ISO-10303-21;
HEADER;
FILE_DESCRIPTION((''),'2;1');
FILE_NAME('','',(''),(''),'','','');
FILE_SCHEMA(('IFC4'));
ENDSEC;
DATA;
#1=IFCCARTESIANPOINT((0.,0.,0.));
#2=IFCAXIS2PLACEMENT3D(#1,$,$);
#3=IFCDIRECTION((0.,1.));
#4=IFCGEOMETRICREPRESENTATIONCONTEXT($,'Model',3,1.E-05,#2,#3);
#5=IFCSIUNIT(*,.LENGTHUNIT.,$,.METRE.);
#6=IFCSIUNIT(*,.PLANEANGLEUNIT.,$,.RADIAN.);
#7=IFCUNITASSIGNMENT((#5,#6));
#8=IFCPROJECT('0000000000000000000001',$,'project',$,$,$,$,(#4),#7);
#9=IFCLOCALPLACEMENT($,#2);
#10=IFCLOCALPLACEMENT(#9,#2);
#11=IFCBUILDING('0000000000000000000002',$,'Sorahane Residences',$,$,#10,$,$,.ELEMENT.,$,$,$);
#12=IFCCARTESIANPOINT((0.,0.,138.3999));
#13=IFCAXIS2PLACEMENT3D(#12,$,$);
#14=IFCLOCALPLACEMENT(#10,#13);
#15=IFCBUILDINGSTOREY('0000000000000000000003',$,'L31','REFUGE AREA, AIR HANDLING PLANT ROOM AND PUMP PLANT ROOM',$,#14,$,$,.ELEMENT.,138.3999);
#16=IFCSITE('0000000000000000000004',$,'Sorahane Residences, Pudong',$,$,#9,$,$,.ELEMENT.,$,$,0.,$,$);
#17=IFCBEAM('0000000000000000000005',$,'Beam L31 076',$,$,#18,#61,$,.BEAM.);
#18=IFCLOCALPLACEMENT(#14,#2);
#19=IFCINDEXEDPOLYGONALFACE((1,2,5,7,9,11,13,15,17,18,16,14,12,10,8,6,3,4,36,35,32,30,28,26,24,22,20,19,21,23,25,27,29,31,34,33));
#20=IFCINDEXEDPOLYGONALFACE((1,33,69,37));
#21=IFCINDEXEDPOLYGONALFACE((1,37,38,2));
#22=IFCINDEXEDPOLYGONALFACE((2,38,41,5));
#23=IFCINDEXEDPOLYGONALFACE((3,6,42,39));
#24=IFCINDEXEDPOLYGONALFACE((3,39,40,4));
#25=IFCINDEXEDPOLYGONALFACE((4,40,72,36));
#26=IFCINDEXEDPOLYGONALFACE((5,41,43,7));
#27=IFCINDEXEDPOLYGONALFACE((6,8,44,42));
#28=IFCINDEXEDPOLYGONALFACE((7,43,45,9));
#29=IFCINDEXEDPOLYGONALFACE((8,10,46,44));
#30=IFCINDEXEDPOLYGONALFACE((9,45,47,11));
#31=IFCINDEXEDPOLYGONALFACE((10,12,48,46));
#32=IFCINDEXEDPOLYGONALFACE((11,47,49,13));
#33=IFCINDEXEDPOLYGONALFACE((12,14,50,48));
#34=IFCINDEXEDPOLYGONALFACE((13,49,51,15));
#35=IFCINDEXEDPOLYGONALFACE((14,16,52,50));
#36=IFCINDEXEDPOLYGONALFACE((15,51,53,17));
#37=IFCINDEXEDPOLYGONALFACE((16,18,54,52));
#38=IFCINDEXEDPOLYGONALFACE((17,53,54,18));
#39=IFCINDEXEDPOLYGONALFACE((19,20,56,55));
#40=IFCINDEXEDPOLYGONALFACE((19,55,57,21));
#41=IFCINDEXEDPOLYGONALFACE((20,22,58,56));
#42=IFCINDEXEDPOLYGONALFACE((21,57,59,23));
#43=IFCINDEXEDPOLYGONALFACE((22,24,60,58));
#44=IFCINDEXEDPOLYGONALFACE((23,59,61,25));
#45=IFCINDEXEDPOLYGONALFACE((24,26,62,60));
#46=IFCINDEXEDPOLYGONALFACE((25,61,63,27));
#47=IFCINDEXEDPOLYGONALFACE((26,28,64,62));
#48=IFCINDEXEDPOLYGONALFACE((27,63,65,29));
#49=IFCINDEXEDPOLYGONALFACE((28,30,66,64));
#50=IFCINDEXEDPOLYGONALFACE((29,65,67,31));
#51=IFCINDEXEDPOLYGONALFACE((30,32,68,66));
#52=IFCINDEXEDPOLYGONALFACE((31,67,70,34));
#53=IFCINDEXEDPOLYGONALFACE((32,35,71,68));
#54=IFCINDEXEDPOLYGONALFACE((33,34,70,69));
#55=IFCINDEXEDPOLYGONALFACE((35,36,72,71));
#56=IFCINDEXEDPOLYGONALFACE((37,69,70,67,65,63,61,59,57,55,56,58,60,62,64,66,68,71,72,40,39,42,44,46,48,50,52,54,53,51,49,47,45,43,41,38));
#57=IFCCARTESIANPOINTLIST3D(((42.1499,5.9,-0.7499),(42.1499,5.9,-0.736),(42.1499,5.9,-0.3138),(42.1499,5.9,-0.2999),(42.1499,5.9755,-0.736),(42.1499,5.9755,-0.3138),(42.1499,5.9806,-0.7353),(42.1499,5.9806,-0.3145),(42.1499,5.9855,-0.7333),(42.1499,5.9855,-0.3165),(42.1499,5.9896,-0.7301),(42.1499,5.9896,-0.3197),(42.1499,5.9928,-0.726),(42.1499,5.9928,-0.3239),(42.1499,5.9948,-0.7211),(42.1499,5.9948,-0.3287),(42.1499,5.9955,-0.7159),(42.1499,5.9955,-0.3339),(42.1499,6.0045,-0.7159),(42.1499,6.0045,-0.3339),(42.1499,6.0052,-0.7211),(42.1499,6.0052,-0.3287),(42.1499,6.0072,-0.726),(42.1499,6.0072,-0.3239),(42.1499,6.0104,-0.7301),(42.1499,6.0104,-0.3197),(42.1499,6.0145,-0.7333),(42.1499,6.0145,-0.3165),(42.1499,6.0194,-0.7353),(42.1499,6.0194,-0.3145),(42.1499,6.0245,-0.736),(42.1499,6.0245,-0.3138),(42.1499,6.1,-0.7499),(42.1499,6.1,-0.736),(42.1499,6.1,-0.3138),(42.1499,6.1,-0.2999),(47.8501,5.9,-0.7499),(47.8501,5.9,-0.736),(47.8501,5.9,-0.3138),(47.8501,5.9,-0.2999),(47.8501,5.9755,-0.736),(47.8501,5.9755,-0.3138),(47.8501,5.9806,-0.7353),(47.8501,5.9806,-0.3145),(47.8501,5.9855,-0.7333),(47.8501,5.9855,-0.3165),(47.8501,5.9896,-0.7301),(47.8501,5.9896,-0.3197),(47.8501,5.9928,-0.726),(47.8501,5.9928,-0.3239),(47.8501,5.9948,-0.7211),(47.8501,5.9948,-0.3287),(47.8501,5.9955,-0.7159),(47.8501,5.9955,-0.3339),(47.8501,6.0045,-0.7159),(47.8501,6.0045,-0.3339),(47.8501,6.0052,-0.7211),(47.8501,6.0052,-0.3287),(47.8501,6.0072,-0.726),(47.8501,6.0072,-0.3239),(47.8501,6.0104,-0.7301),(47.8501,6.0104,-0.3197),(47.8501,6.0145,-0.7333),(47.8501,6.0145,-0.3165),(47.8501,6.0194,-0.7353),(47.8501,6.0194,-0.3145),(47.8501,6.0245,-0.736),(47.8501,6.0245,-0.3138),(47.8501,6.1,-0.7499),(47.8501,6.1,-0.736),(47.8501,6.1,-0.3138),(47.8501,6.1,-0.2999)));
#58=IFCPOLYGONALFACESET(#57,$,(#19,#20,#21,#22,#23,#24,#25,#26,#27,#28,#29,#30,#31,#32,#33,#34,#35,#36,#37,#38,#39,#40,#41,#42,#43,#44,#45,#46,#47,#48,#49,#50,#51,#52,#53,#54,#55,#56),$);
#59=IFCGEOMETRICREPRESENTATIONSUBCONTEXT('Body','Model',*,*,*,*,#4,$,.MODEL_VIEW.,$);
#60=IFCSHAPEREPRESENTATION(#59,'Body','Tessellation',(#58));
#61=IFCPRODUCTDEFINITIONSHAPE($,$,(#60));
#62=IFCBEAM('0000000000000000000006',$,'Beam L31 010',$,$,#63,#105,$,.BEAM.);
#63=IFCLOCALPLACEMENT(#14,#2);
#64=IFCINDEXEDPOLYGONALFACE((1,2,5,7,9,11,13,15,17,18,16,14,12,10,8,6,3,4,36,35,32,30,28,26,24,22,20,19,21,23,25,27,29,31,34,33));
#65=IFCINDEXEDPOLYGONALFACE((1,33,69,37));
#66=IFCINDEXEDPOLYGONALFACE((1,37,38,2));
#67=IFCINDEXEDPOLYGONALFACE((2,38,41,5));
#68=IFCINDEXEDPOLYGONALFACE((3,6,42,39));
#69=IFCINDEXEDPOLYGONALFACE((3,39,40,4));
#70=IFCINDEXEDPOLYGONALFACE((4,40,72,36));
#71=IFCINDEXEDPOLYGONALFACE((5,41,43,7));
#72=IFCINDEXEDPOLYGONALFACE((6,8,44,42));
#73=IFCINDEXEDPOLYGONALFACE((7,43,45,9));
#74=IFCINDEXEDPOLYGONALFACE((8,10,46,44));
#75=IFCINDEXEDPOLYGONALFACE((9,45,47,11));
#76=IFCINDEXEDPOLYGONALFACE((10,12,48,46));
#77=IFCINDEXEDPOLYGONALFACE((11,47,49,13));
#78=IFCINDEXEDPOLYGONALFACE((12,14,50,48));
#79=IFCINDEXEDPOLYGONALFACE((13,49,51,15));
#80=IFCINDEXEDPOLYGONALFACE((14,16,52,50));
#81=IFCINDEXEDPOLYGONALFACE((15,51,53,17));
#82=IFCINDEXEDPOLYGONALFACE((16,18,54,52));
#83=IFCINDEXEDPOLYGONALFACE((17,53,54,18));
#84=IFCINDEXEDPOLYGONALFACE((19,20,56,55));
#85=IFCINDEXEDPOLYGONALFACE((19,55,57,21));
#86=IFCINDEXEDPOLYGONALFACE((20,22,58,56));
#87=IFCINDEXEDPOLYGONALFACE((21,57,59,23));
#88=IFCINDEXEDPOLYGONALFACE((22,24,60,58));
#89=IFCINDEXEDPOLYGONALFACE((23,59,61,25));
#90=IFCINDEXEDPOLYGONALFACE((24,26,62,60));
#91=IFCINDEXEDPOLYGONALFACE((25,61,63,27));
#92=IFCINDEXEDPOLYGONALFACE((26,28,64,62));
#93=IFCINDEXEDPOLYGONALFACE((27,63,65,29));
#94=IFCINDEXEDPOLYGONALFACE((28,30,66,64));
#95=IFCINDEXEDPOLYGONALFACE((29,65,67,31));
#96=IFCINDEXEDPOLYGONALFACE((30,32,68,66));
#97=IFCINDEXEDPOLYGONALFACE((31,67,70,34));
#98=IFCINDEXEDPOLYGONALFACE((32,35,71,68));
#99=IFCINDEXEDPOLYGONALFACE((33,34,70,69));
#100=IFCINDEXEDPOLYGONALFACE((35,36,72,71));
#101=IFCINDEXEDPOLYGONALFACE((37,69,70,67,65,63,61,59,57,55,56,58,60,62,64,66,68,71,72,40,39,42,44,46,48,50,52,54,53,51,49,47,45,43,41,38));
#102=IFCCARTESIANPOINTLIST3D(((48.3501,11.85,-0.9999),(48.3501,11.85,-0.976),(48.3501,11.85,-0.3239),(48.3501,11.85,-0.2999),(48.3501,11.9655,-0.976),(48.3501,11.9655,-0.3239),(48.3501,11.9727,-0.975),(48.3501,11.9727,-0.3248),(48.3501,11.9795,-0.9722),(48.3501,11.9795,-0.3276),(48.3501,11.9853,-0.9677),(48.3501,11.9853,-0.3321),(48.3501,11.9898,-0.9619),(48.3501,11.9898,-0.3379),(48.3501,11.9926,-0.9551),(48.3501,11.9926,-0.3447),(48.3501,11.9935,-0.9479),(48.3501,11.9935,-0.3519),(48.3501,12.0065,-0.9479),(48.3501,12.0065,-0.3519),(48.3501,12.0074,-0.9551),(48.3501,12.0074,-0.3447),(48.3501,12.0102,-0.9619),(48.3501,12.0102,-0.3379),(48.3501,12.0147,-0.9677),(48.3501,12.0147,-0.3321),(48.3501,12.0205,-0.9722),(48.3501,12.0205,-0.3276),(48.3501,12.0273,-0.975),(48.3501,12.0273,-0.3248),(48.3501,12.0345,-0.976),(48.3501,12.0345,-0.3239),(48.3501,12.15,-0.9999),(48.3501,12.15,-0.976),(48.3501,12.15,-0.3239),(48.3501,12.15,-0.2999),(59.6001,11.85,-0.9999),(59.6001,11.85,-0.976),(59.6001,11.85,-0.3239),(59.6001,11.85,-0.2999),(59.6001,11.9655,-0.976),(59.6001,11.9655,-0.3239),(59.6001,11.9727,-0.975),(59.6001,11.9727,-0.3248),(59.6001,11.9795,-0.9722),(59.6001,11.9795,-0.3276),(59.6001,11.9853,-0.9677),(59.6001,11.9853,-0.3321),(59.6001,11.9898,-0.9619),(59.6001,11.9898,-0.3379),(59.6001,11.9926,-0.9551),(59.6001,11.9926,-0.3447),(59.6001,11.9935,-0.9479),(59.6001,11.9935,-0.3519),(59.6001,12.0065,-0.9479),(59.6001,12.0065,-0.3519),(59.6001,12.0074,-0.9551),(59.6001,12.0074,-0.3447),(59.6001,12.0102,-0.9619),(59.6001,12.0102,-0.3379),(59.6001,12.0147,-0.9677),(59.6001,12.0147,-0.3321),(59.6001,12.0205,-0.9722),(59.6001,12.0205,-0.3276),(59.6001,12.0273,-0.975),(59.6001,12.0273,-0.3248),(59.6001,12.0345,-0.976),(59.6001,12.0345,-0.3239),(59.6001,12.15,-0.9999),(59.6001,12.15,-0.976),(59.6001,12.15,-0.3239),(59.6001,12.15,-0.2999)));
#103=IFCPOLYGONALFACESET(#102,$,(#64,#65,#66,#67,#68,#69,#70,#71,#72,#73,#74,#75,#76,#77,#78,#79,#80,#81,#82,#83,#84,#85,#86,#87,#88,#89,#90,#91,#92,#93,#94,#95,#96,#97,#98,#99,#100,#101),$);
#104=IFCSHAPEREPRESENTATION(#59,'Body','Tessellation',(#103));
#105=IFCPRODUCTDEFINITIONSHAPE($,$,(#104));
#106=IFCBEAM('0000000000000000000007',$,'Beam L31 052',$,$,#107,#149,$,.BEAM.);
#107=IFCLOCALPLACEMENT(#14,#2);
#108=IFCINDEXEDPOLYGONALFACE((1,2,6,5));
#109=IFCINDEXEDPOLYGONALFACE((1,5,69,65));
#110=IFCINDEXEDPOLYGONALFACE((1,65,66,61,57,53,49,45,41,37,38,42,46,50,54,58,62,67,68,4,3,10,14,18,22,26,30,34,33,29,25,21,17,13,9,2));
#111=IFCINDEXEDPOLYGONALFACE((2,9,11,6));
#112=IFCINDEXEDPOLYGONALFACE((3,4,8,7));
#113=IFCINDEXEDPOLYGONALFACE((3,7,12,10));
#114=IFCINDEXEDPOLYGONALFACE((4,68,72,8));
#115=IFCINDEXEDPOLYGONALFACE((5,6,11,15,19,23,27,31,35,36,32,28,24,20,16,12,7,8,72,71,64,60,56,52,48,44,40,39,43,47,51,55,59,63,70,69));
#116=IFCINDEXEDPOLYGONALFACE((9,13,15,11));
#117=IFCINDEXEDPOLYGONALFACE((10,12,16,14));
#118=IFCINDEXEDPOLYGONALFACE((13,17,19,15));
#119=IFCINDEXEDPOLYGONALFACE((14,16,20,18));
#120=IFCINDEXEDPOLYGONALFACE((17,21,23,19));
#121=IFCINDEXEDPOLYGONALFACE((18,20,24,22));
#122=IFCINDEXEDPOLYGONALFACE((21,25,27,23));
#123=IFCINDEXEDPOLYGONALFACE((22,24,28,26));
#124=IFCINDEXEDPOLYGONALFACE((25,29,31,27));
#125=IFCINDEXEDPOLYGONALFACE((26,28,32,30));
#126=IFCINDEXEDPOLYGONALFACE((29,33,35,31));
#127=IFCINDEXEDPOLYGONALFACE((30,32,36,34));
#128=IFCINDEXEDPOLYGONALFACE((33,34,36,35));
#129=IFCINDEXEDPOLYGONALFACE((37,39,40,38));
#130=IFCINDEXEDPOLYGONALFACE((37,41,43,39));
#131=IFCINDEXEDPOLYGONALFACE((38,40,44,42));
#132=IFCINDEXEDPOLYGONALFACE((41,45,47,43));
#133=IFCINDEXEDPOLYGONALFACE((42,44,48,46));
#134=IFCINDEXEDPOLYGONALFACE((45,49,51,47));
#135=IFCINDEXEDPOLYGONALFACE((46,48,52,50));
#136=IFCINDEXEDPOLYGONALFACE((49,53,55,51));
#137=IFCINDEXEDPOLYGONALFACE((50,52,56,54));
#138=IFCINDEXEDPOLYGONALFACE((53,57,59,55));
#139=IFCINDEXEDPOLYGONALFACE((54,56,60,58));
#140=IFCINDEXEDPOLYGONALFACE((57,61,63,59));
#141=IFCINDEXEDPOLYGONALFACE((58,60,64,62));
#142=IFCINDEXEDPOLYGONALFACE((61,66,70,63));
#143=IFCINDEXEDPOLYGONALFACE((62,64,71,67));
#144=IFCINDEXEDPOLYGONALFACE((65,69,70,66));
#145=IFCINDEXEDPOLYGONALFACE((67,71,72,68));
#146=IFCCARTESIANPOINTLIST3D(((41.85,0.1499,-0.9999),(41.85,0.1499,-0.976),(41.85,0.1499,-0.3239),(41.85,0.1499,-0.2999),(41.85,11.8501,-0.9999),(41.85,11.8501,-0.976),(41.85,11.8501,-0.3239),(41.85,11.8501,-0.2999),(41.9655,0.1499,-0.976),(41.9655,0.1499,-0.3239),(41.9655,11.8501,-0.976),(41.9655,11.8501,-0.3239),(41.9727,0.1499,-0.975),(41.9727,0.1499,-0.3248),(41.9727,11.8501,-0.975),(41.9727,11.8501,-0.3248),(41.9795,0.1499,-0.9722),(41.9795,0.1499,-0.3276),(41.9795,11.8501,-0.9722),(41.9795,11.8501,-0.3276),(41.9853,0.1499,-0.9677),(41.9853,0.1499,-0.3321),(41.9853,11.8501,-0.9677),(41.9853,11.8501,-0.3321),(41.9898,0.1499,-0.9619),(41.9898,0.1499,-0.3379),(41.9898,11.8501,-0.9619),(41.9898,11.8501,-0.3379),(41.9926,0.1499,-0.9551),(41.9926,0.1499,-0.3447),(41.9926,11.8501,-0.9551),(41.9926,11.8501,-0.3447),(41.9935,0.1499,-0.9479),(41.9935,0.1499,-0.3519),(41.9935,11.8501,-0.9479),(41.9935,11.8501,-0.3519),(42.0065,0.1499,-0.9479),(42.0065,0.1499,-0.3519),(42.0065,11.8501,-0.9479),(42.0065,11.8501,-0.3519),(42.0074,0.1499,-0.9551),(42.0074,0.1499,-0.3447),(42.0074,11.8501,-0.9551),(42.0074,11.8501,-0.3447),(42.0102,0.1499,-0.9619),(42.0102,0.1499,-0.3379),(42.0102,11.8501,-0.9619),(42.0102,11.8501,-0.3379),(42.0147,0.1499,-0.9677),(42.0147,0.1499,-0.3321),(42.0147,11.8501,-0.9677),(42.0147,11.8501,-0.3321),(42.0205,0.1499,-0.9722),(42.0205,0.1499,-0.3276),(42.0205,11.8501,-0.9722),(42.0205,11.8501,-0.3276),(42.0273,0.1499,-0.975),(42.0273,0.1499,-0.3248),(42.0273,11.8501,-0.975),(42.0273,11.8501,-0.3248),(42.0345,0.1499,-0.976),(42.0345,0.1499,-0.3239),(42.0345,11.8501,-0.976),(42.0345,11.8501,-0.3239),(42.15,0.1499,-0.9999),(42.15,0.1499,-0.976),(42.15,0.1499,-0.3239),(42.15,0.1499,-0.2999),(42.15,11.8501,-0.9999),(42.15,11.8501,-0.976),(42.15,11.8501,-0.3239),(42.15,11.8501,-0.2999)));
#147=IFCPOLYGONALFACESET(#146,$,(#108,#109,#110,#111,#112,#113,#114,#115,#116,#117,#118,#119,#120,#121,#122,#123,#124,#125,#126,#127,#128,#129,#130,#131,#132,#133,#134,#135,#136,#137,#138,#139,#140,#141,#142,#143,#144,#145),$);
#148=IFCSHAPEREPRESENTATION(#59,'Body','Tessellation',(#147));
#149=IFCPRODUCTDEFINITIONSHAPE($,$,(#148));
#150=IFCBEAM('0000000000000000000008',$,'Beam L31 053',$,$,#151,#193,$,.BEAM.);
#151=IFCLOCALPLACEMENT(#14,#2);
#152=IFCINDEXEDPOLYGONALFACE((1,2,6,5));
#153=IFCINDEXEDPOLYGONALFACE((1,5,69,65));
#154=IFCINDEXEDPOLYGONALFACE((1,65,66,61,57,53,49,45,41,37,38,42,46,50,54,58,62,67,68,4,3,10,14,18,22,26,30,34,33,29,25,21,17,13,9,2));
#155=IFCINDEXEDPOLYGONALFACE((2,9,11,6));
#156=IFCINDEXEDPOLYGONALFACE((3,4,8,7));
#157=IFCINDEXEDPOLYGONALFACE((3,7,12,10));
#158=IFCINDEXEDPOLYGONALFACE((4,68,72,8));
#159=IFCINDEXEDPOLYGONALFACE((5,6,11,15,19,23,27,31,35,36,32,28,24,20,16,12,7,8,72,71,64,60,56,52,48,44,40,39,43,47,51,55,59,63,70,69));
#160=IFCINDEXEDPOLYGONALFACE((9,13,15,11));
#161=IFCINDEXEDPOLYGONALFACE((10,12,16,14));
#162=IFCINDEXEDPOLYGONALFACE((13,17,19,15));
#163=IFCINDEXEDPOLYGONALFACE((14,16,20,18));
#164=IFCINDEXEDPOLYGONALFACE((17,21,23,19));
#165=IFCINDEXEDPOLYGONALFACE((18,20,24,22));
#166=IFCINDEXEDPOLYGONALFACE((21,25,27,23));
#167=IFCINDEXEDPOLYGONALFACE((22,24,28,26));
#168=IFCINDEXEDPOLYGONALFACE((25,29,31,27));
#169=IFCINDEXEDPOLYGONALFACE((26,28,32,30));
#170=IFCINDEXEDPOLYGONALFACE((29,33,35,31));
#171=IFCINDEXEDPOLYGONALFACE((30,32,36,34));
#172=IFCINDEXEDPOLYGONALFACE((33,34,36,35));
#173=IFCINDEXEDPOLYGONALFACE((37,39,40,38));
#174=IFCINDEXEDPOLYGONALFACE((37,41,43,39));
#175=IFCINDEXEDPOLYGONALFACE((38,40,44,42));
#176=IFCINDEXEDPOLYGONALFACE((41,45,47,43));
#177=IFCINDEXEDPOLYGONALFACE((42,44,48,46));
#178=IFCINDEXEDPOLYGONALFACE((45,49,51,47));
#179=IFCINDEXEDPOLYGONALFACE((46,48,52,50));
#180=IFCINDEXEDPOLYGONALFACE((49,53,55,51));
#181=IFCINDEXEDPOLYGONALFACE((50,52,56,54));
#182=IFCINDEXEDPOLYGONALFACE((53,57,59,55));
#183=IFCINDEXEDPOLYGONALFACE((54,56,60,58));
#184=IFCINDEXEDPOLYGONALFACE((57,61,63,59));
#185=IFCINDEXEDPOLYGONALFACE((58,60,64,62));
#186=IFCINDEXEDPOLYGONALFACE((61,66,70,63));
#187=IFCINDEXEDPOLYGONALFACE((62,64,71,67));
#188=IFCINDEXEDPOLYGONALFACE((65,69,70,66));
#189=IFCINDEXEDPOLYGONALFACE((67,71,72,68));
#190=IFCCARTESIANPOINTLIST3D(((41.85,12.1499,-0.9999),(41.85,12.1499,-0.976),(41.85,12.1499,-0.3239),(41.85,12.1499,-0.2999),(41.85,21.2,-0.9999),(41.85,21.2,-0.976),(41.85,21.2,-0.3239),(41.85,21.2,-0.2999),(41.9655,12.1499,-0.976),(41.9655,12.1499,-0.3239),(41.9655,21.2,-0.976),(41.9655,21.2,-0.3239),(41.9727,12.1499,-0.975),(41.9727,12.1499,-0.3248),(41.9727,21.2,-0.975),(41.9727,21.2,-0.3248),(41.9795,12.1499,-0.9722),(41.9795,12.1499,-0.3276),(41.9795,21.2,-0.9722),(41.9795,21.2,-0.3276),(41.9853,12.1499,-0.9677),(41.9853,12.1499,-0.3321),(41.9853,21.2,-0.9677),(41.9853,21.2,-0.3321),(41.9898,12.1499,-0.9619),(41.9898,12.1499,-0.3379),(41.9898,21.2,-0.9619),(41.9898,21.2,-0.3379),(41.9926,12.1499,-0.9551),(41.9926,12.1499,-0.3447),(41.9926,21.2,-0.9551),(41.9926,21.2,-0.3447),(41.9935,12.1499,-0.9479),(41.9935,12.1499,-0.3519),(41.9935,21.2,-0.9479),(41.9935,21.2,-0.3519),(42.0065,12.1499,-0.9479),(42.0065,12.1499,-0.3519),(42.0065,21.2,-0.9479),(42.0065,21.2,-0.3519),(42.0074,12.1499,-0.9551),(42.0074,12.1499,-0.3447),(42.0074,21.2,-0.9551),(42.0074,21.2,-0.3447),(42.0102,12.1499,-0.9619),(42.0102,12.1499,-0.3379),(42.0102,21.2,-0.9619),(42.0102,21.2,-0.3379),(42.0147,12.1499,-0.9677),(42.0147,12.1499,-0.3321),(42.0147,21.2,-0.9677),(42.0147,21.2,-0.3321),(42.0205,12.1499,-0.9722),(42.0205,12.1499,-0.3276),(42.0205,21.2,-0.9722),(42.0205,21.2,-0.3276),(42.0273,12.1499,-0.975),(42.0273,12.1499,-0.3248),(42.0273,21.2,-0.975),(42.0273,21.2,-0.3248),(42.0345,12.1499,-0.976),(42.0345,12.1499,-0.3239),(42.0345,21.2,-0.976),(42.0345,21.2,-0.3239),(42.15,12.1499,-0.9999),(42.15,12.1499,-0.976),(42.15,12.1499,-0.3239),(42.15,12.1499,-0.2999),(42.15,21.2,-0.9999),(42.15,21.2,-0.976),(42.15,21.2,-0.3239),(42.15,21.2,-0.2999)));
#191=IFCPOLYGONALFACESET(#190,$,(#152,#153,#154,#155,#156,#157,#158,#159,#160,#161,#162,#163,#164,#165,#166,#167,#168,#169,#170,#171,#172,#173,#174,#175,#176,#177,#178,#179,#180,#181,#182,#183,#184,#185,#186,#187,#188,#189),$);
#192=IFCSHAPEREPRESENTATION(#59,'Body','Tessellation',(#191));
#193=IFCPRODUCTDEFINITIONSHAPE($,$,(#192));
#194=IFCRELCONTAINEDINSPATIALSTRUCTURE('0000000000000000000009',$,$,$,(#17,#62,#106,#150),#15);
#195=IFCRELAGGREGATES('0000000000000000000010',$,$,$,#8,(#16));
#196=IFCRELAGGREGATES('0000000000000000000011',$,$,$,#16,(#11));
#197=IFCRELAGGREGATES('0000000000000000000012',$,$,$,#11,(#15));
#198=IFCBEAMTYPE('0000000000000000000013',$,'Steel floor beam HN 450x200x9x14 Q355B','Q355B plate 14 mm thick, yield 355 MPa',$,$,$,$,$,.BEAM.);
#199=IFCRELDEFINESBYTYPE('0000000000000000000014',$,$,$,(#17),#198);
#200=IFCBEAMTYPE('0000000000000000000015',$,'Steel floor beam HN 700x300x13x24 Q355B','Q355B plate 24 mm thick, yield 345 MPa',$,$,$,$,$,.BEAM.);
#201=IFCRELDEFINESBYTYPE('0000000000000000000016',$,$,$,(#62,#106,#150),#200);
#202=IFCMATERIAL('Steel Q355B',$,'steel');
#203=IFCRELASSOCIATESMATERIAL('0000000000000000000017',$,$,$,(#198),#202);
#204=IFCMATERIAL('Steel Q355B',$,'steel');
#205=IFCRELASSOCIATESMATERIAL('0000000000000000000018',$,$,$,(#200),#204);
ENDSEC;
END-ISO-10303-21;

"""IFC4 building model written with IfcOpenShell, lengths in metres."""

from ifc_helpers import new_model, si_unit, direction, frame, origin, origin_2d, place, context, subcontext, project, spatial, i_section, extrude, material, material_profile, profile_set, type_object, element, save


model = new_model("IFC4")

# Units and contexts
model_context = context("Model", 3, precision=1e-05, world=origin(), true_north=direction((0.0, 1.0)))
body_context = subcontext(model_context, "Body", "Model", "MODEL_VIEW")
ifc_project = project(units=[si_unit("LENGTHUNIT", "METRE"), si_unit("PLANEANGLEUNIT", "RADIAN")], contexts=[model_context])

# Site, building, storey
site_placement = place(None, origin())
site = spatial("IfcSite", under=ifc_project, at=site_placement, Name="Sorahane Residences, Pudong", CompositionType="ELEMENT", RefElevation=0.0)
building_placement = place(site_placement, origin())
building = spatial("IfcBuilding", under=site, at=building_placement, Name="Sorahane Residences", CompositionType="ELEMENT")
storey_placement = place(building_placement, frame((0.0, 0.0, 138.3999)))
storey = spatial("IfcBuildingStorey", under=building, at=storey_placement, Name="L31", Description="REFUGE AREA, AIR HANDLING PLANT ROOM AND PUMP PLANT ROOM", CompositionType="ELEMENT", Elevation=138.3999)

# Beams
ifc_material_1 = material(Name="Steel Q355B", Category="steel")
ifc_material_profile_1 = material_profile(ifc_material_1, i_section(OverallWidth=0.2, OverallDepth=0.45, WebThickness=0.009, FlangeThickness=0.0139, FilletRadius=0.02, at=origin_2d()), Name="HN 450x200x9x14")
ifc_profile_set_1 = profile_set([ifc_material_profile_1], Name="Steel Q355B")
beam_type_1 = type_object("IfcBeamType", Name="Steel floor beam HN 450x200x9x14 Q355B", Description="Q355B plate 14 mm thick, yield 355 MPa", PredefinedType="BEAM", material=ifc_profile_set_1)
beam_1_placement = place(storey_placement, frame((42.1499, 6.0, -0.5249), z_axis=(1.0, 0.0, 0.0), x_axis=(0.0, 1.0, 0.0)))
element("IfcBeam", 1, at=beam_1_placement, inside=storey, type_object=beam_type_1, Name="Beam L31 076", PredefinedType="BEAM", context=body_context, shape_type="SweptSolid", body=[
    extrude(i_section(OverallWidth=0.2, OverallDepth=0.45, WebThickness=0.009, FlangeThickness=0.0139, FilletRadius=0.02, at=origin_2d()), origin(), (0.0, 0.0, 1.0), 5.7002),
])
ifc_material_2 = material(Name="Steel Q355B", Category="steel")
ifc_material_profile_2 = material_profile(ifc_material_2, i_section(OverallWidth=0.3, OverallDepth=0.7, WebThickness=0.0129, FlangeThickness=0.0239, FilletRadius=0.0281, at=origin_2d()), Name="HN 700x300x13x24")
ifc_profile_set_2 = profile_set([ifc_material_profile_2], Name="Steel Q355B")
beam_type_2 = type_object("IfcBeamType", Name="Steel floor beam HN 700x300x13x24 Q355B", Description="Q355B plate 24 mm thick, yield 345 MPa", PredefinedType="BEAM", material=ifc_profile_set_2)
beam_2_placement = place(storey_placement, frame((48.3501, 12.0, -0.6499), z_axis=(1.0, 0.0, 0.0), x_axis=(0.0, 1.0, 0.0)))
element("IfcBeam", 2, at=beam_2_placement, inside=storey, type_object=beam_type_2, Name="Beam L31 010", PredefinedType="BEAM", context=body_context, shape_type="SweptSolid", body=[
    extrude(i_section(OverallWidth=0.3, OverallDepth=0.7, WebThickness=0.0129, FlangeThickness=0.0239, FilletRadius=0.0281, at=origin_2d()), origin(), (0.0, 0.0, 1.0), 11.25),
])
beam_3_placement = place(storey_placement, frame((42.0, 0.1499, -0.6499), z_axis=(0.0, 1.0, 0.0), x_axis=(-1.0, 0.0, 0.0)))
element("IfcBeam", 3, at=beam_3_placement, inside=storey, type_object=beam_type_2, Name="Beam L31 052", PredefinedType="BEAM", context=body_context, shape_type="SweptSolid", body=[
    extrude(i_section(OverallWidth=0.3, OverallDepth=0.7, WebThickness=0.0129, FlangeThickness=0.0239, FilletRadius=0.0281, at=origin_2d()), origin(), (0.0, 0.0, 1.0), 11.7002),
])
beam_4_placement = place(storey_placement, frame((42.0, 12.1499, -0.6499), z_axis=(0.0, 1.0, 0.0), x_axis=(-1.0, 0.0, 0.0)))
element("IfcBeam", 4, at=beam_4_placement, inside=storey, type_object=beam_type_2, Name="Beam L31 053", PredefinedType="BEAM", context=body_context, shape_type="SweptSolid", body=[
    extrude(i_section(OverallWidth=0.3, OverallDepth=0.7, WebThickness=0.0129, FlangeThickness=0.0239, FilletRadius=0.0281, at=origin_2d()), origin(), (0.0, 0.0, 1.0), 9.05),
])

save(model, "model.ifc")
